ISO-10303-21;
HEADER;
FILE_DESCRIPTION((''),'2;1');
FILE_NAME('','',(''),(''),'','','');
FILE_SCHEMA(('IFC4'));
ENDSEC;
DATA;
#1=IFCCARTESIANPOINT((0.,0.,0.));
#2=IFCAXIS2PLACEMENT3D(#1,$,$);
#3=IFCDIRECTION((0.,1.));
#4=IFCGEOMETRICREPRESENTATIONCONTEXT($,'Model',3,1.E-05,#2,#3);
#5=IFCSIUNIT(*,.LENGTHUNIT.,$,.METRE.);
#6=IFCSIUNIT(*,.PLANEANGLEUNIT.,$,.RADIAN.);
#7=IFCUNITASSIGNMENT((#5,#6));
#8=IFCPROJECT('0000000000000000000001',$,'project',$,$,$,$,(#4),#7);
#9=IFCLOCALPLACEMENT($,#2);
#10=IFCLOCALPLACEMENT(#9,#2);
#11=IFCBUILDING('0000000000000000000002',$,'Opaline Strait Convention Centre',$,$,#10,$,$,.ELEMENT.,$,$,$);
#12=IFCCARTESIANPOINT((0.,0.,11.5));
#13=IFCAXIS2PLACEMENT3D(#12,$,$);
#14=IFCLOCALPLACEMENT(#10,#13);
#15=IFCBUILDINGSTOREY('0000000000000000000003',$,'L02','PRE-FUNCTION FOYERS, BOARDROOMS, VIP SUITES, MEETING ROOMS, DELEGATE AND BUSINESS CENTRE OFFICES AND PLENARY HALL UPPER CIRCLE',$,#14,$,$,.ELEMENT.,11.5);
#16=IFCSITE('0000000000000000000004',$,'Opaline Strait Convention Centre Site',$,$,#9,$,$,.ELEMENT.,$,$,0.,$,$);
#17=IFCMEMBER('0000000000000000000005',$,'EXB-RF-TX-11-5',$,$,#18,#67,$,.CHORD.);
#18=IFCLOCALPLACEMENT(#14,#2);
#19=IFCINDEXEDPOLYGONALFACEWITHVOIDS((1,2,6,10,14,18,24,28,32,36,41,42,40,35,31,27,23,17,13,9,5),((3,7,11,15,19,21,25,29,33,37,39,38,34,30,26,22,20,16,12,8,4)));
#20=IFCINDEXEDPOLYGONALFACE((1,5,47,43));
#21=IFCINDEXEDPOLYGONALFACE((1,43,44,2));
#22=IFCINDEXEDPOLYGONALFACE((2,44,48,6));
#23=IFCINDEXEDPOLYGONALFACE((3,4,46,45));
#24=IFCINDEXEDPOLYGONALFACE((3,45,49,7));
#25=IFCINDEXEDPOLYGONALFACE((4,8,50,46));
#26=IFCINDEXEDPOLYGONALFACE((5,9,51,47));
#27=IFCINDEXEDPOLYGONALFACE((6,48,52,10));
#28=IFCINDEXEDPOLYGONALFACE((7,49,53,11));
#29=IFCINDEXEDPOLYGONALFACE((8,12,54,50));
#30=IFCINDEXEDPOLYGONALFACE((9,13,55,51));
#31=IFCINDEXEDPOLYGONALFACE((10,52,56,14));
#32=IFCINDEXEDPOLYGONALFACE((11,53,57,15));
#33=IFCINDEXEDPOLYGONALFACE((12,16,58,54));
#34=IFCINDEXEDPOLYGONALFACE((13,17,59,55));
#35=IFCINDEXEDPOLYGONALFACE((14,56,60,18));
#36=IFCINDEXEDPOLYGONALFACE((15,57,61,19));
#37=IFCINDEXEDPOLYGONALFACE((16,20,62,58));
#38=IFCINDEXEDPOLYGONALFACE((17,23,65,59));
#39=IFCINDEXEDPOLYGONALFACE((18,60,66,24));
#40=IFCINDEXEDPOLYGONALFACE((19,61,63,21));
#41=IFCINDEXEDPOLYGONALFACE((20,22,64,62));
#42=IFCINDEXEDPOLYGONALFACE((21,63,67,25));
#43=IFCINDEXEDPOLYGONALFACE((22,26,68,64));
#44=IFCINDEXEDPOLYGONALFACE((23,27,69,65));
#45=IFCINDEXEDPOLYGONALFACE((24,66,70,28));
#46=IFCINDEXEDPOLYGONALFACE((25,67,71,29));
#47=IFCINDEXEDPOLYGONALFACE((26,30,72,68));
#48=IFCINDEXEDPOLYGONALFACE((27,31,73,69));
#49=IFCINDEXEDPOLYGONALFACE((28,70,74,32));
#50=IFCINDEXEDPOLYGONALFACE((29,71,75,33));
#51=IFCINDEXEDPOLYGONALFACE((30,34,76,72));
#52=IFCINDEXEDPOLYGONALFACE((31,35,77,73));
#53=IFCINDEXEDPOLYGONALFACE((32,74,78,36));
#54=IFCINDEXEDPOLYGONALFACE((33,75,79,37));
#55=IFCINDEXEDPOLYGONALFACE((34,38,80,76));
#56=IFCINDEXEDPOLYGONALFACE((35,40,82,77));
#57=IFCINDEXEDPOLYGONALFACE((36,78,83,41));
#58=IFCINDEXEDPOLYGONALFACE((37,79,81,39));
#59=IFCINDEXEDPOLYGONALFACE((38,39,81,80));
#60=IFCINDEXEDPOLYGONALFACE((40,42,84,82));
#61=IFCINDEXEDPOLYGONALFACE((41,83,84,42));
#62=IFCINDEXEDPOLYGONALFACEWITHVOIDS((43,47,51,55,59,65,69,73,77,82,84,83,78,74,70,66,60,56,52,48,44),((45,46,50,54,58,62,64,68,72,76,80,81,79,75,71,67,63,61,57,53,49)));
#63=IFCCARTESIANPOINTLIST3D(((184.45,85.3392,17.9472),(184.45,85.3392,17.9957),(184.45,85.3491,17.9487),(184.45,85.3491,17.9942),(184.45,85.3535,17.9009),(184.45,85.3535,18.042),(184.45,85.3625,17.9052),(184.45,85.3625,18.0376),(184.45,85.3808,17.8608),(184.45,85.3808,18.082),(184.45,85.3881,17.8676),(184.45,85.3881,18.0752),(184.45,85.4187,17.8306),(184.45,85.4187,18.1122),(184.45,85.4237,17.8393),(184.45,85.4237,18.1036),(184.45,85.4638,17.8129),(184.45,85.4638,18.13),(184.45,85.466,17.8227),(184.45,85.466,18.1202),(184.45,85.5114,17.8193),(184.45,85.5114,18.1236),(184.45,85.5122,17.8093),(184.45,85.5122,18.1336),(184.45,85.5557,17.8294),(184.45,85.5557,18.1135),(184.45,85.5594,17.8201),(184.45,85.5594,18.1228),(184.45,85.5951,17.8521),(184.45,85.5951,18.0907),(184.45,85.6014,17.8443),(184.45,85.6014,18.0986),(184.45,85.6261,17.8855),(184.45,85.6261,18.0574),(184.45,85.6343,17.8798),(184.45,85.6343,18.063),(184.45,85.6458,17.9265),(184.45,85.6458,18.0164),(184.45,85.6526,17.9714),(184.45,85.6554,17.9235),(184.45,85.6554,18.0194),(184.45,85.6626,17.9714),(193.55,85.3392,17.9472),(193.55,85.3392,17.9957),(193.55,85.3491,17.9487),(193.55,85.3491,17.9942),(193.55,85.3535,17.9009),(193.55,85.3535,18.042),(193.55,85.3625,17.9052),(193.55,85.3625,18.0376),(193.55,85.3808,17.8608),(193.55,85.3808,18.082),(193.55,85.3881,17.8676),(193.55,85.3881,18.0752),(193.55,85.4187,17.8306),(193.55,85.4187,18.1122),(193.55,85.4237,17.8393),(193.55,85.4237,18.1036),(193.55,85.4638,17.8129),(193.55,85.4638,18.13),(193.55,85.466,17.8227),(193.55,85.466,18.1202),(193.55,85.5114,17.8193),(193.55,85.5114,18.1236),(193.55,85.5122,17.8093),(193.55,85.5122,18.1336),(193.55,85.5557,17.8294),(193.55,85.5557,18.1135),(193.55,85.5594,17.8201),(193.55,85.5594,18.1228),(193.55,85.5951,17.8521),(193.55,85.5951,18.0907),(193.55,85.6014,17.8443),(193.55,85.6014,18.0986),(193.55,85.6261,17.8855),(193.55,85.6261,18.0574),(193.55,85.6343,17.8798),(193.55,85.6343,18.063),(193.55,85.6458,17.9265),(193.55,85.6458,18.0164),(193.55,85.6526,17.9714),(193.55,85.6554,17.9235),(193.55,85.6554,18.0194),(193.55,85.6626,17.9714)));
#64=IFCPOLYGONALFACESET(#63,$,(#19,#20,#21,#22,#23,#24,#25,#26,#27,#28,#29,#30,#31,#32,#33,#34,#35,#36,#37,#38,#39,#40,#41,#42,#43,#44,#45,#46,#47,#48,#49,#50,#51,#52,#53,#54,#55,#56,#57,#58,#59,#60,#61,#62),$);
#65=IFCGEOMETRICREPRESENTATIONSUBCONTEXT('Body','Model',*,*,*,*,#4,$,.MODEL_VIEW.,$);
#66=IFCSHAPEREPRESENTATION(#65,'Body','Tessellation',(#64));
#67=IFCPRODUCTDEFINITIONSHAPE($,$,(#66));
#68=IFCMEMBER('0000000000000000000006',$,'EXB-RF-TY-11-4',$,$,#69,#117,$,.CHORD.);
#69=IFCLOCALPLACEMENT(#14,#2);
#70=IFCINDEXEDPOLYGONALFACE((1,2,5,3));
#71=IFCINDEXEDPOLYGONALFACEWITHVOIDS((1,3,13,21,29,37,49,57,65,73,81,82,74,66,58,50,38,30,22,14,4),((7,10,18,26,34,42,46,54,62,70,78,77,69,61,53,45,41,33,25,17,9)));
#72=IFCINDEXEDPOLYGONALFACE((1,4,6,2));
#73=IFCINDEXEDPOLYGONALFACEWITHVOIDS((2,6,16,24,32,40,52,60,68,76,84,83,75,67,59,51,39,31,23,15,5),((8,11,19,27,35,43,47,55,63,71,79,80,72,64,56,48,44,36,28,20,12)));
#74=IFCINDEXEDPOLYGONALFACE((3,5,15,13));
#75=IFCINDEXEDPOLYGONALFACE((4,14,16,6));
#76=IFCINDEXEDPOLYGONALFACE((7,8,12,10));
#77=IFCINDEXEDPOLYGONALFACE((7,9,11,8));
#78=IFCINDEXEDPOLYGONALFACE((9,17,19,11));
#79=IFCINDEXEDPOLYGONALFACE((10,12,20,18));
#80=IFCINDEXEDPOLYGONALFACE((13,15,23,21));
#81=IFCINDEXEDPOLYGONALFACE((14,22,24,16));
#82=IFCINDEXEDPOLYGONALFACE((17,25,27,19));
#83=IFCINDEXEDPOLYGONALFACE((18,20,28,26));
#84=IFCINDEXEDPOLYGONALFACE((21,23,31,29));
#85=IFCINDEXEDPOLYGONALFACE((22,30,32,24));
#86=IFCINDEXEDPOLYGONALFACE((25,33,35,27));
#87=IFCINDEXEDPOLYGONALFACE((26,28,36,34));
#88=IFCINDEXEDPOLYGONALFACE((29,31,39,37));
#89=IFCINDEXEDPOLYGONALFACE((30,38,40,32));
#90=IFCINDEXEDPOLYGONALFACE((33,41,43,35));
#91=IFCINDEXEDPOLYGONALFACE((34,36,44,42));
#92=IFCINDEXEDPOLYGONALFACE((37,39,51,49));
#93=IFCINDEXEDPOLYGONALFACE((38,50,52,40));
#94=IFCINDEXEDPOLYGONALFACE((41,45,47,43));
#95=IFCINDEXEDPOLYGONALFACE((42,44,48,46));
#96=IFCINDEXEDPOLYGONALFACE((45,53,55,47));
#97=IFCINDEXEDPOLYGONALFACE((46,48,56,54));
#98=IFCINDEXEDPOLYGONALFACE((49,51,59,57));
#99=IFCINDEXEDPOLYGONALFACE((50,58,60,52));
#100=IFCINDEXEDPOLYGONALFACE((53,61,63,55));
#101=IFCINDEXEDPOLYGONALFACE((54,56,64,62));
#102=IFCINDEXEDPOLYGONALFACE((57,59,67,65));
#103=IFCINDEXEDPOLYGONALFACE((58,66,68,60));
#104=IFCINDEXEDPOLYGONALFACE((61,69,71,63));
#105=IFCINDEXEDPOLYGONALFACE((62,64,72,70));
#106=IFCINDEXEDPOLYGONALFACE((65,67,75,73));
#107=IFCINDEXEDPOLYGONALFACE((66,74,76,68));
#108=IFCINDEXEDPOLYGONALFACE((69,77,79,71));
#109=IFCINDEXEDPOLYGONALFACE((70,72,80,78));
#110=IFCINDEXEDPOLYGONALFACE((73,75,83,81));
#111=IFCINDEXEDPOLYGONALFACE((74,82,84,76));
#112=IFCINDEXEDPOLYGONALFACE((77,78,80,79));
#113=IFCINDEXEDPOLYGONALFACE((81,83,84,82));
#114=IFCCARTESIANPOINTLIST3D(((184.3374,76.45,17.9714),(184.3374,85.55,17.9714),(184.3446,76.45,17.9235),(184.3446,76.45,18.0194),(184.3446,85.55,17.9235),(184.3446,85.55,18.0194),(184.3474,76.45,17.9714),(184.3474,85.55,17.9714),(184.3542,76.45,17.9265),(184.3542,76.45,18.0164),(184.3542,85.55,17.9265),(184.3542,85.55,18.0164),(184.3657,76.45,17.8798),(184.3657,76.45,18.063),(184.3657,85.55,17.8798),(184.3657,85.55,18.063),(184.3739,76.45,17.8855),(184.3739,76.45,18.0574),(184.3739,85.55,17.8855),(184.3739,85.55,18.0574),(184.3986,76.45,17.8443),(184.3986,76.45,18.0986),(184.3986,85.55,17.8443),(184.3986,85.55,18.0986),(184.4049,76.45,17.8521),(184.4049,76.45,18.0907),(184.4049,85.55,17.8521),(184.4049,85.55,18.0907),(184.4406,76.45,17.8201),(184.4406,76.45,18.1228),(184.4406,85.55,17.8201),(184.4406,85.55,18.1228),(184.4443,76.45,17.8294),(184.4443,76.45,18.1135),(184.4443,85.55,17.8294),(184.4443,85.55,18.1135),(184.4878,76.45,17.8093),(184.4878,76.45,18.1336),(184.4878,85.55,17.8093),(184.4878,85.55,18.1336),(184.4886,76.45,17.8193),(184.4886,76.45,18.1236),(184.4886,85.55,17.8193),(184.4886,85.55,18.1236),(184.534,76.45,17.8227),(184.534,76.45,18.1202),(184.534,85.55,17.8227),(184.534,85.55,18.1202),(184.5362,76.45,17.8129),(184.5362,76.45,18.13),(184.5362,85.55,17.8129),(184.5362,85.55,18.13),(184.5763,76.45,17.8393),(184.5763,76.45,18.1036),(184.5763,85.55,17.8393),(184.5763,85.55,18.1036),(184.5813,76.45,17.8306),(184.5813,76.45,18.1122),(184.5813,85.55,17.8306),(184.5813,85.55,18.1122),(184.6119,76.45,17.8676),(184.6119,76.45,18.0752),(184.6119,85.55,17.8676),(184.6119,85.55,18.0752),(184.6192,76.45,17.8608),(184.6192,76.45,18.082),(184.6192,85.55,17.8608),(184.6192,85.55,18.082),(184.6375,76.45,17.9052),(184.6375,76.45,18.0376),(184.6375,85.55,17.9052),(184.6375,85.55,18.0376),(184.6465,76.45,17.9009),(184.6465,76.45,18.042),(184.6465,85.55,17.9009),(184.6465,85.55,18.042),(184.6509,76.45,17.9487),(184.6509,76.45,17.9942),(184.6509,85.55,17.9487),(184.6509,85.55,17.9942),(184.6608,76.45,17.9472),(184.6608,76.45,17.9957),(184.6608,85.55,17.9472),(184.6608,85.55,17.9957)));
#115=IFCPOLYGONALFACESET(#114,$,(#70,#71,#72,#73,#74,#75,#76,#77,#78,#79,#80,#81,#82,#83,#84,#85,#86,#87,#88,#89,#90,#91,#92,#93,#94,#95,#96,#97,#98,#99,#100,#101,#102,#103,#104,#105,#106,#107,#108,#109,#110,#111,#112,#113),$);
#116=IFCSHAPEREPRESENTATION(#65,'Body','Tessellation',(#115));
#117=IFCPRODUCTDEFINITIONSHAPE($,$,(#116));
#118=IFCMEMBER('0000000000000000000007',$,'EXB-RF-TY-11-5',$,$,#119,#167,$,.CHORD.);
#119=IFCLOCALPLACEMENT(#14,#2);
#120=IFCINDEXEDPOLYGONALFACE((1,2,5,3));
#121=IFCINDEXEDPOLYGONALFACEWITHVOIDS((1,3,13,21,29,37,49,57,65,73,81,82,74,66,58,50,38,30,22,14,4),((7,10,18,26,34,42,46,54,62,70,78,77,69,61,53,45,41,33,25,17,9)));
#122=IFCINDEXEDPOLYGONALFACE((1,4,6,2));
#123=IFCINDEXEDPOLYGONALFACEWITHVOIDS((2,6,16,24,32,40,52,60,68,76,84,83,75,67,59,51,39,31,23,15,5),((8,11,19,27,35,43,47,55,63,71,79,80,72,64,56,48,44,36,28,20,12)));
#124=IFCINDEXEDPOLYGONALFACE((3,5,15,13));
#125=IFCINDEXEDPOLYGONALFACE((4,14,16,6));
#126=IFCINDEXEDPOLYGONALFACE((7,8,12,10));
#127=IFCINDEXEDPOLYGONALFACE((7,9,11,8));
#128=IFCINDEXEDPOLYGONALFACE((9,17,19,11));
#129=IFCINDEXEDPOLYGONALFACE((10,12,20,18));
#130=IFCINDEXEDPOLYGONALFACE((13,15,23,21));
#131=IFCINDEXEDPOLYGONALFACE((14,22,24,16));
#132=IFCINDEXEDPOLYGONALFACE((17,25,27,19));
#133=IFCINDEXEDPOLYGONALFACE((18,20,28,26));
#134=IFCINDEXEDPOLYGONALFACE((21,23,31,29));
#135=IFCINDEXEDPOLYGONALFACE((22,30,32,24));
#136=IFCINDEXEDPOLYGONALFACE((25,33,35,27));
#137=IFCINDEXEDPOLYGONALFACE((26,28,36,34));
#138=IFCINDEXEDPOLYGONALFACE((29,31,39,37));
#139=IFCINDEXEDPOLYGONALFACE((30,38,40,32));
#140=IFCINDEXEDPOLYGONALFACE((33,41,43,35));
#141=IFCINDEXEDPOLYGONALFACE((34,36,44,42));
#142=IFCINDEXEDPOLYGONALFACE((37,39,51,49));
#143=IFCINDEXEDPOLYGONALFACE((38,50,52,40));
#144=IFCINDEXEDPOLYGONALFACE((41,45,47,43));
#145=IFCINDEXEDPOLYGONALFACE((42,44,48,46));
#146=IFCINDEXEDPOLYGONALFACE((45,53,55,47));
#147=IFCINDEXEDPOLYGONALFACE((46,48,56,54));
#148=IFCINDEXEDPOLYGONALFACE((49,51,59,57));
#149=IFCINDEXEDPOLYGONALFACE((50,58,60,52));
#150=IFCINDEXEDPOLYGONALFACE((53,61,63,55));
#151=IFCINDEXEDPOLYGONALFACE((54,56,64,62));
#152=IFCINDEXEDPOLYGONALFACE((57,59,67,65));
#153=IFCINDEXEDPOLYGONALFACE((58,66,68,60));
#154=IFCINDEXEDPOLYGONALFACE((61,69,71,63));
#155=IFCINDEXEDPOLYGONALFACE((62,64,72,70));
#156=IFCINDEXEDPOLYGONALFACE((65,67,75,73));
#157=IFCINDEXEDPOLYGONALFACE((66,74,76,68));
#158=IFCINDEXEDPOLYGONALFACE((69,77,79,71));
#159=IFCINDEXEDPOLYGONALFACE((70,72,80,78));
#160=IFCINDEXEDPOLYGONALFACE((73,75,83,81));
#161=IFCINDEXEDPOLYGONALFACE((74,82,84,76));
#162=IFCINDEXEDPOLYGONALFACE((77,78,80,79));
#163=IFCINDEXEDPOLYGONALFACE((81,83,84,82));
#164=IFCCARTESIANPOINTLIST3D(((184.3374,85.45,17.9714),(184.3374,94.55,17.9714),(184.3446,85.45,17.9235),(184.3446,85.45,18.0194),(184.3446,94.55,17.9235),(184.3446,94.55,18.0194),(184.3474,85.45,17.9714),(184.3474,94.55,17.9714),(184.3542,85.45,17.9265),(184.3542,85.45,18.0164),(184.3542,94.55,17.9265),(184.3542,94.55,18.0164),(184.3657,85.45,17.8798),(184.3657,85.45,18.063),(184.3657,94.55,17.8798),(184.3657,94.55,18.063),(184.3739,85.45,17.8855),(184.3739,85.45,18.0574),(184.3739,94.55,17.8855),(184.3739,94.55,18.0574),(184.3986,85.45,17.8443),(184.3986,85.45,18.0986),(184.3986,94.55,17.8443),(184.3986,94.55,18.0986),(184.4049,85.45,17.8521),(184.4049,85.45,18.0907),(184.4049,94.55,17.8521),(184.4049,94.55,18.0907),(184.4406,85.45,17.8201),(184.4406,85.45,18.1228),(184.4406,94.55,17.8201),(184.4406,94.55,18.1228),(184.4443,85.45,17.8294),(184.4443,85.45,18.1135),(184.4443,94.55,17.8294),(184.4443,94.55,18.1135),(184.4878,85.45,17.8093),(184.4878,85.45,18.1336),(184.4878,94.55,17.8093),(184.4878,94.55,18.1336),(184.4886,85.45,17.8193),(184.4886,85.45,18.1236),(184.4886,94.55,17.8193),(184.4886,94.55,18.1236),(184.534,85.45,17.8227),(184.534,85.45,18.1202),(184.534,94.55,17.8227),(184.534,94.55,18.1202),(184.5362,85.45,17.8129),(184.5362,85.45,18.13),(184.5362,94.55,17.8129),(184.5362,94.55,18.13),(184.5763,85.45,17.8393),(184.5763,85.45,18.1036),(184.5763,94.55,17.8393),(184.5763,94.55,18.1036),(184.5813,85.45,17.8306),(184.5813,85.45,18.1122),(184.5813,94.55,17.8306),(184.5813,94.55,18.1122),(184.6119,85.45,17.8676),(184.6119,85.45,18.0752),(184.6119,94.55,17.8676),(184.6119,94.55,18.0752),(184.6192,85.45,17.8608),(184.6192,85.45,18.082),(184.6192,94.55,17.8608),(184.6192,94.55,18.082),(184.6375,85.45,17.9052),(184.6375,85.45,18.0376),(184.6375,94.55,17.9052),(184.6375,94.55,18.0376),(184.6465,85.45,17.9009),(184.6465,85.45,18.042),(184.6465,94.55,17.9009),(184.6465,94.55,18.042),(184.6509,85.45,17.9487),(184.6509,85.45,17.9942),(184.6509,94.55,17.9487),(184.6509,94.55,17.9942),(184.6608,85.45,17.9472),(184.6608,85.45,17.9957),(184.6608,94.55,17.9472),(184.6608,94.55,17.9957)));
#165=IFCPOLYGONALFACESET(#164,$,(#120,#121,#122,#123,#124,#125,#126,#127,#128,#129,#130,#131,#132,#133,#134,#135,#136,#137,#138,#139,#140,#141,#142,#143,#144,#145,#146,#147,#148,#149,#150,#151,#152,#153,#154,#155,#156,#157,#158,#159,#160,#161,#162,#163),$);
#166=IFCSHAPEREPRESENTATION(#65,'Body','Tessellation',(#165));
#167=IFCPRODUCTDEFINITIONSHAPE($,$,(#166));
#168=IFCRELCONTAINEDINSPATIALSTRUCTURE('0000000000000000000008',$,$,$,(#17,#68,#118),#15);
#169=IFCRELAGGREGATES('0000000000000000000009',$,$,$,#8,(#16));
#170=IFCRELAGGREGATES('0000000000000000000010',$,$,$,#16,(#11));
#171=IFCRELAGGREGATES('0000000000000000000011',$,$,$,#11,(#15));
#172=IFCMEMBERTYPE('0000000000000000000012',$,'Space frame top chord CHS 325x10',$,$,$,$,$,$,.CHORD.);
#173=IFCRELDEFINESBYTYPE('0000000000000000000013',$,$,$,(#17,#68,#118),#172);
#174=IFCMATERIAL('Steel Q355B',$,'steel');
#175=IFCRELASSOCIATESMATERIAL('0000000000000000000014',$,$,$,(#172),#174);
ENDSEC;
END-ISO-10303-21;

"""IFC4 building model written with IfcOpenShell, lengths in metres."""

from ifc_helpers import new_model, si_unit, direction, frame, origin, origin_2d, place, context, subcontext, project, spatial, hollow_circle, extrude, material, material_profile, profile_set, type_object, element, save


model = new_model("IFC4")

# Units and contexts
model_context = context("Model", 3, precision=1e-05, world=origin(), true_north=direction((0.0, 1.0)))
body_context = subcontext(model_context, "Body", "Model", "MODEL_VIEW")
ifc_project = project(units=[si_unit("LENGTHUNIT", "METRE"), si_unit("PLANEANGLEUNIT", "RADIAN")], contexts=[model_context])

# Site, building, storey
site_placement = place(None, origin())
site = spatial("IfcSite", under=ifc_project, at=site_placement, Name="Opaline Strait Convention Centre Site", CompositionType="ELEMENT", RefElevation=0.0)
building_placement = place(site_placement, origin())
building = spatial("IfcBuilding", under=site, at=building_placement, Name="Opaline Strait Convention Centre", CompositionType="ELEMENT")
storey_placement = place(building_placement, frame((0.0, 0.0, 11.5)))
storey = spatial("IfcBuildingStorey", under=building, at=storey_placement, Name="L02", Description="PRE-FUNCTION FOYERS, BOARDROOMS, VIP SUITES, MEETING ROOMS, DELEGATE AND BUSINESS CENTRE OFFICES AND PLENARY HALL UPPER CIRCLE", CompositionType="ELEMENT", Elevation=11.5)

# Members
ifc_material_1 = material(Name="Steel Q355B", Category="steel")
ifc_material_profile_1 = material_profile(ifc_material_1, hollow_circle(Radius=0.1626, WallThickness=0.01, at=origin_2d()), Name="CHS 325x10")
ifc_profile_set_1 = profile_set([ifc_material_profile_1], Name="Steel Q355B")
member_type_1 = type_object("IfcMemberType", Name="Space frame top chord CHS 325x10", PredefinedType="CHORD", material=ifc_profile_set_1)
for number, where, z_axis, x_axis, name in (
    (1, (184.45, 85.5, 17.9714), (1.0, 0.0, 0.0), (0.0, 1.0, 0.0), "EXB-RF-TX-11-5"),
    (2, (184.5, 76.45, 17.9714), (0.0, 1.0, 0.0), (-1.0, 0.0, 0.0), "EXB-RF-TY-11-4"),
    (3, (184.5, 85.45, 17.9714), (0.0, 1.0, 0.0), (-1.0, 0.0, 0.0), "EXB-RF-TY-11-5"),
):
    element("IfcMember", number, at=place(storey_placement, frame(where, z_axis=z_axis, x_axis=x_axis)), inside=storey, type_object=member_type_1, Name=name, PredefinedType="CHORD", context=body_context, shape_type="SweptSolid", body=[
        extrude(hollow_circle(Radius=0.1626, WallThickness=0.01, at=origin_2d()), origin(), (0.0, 0.0, 1.0), 9.1001),
    ])

save(model, "model.ifc")
